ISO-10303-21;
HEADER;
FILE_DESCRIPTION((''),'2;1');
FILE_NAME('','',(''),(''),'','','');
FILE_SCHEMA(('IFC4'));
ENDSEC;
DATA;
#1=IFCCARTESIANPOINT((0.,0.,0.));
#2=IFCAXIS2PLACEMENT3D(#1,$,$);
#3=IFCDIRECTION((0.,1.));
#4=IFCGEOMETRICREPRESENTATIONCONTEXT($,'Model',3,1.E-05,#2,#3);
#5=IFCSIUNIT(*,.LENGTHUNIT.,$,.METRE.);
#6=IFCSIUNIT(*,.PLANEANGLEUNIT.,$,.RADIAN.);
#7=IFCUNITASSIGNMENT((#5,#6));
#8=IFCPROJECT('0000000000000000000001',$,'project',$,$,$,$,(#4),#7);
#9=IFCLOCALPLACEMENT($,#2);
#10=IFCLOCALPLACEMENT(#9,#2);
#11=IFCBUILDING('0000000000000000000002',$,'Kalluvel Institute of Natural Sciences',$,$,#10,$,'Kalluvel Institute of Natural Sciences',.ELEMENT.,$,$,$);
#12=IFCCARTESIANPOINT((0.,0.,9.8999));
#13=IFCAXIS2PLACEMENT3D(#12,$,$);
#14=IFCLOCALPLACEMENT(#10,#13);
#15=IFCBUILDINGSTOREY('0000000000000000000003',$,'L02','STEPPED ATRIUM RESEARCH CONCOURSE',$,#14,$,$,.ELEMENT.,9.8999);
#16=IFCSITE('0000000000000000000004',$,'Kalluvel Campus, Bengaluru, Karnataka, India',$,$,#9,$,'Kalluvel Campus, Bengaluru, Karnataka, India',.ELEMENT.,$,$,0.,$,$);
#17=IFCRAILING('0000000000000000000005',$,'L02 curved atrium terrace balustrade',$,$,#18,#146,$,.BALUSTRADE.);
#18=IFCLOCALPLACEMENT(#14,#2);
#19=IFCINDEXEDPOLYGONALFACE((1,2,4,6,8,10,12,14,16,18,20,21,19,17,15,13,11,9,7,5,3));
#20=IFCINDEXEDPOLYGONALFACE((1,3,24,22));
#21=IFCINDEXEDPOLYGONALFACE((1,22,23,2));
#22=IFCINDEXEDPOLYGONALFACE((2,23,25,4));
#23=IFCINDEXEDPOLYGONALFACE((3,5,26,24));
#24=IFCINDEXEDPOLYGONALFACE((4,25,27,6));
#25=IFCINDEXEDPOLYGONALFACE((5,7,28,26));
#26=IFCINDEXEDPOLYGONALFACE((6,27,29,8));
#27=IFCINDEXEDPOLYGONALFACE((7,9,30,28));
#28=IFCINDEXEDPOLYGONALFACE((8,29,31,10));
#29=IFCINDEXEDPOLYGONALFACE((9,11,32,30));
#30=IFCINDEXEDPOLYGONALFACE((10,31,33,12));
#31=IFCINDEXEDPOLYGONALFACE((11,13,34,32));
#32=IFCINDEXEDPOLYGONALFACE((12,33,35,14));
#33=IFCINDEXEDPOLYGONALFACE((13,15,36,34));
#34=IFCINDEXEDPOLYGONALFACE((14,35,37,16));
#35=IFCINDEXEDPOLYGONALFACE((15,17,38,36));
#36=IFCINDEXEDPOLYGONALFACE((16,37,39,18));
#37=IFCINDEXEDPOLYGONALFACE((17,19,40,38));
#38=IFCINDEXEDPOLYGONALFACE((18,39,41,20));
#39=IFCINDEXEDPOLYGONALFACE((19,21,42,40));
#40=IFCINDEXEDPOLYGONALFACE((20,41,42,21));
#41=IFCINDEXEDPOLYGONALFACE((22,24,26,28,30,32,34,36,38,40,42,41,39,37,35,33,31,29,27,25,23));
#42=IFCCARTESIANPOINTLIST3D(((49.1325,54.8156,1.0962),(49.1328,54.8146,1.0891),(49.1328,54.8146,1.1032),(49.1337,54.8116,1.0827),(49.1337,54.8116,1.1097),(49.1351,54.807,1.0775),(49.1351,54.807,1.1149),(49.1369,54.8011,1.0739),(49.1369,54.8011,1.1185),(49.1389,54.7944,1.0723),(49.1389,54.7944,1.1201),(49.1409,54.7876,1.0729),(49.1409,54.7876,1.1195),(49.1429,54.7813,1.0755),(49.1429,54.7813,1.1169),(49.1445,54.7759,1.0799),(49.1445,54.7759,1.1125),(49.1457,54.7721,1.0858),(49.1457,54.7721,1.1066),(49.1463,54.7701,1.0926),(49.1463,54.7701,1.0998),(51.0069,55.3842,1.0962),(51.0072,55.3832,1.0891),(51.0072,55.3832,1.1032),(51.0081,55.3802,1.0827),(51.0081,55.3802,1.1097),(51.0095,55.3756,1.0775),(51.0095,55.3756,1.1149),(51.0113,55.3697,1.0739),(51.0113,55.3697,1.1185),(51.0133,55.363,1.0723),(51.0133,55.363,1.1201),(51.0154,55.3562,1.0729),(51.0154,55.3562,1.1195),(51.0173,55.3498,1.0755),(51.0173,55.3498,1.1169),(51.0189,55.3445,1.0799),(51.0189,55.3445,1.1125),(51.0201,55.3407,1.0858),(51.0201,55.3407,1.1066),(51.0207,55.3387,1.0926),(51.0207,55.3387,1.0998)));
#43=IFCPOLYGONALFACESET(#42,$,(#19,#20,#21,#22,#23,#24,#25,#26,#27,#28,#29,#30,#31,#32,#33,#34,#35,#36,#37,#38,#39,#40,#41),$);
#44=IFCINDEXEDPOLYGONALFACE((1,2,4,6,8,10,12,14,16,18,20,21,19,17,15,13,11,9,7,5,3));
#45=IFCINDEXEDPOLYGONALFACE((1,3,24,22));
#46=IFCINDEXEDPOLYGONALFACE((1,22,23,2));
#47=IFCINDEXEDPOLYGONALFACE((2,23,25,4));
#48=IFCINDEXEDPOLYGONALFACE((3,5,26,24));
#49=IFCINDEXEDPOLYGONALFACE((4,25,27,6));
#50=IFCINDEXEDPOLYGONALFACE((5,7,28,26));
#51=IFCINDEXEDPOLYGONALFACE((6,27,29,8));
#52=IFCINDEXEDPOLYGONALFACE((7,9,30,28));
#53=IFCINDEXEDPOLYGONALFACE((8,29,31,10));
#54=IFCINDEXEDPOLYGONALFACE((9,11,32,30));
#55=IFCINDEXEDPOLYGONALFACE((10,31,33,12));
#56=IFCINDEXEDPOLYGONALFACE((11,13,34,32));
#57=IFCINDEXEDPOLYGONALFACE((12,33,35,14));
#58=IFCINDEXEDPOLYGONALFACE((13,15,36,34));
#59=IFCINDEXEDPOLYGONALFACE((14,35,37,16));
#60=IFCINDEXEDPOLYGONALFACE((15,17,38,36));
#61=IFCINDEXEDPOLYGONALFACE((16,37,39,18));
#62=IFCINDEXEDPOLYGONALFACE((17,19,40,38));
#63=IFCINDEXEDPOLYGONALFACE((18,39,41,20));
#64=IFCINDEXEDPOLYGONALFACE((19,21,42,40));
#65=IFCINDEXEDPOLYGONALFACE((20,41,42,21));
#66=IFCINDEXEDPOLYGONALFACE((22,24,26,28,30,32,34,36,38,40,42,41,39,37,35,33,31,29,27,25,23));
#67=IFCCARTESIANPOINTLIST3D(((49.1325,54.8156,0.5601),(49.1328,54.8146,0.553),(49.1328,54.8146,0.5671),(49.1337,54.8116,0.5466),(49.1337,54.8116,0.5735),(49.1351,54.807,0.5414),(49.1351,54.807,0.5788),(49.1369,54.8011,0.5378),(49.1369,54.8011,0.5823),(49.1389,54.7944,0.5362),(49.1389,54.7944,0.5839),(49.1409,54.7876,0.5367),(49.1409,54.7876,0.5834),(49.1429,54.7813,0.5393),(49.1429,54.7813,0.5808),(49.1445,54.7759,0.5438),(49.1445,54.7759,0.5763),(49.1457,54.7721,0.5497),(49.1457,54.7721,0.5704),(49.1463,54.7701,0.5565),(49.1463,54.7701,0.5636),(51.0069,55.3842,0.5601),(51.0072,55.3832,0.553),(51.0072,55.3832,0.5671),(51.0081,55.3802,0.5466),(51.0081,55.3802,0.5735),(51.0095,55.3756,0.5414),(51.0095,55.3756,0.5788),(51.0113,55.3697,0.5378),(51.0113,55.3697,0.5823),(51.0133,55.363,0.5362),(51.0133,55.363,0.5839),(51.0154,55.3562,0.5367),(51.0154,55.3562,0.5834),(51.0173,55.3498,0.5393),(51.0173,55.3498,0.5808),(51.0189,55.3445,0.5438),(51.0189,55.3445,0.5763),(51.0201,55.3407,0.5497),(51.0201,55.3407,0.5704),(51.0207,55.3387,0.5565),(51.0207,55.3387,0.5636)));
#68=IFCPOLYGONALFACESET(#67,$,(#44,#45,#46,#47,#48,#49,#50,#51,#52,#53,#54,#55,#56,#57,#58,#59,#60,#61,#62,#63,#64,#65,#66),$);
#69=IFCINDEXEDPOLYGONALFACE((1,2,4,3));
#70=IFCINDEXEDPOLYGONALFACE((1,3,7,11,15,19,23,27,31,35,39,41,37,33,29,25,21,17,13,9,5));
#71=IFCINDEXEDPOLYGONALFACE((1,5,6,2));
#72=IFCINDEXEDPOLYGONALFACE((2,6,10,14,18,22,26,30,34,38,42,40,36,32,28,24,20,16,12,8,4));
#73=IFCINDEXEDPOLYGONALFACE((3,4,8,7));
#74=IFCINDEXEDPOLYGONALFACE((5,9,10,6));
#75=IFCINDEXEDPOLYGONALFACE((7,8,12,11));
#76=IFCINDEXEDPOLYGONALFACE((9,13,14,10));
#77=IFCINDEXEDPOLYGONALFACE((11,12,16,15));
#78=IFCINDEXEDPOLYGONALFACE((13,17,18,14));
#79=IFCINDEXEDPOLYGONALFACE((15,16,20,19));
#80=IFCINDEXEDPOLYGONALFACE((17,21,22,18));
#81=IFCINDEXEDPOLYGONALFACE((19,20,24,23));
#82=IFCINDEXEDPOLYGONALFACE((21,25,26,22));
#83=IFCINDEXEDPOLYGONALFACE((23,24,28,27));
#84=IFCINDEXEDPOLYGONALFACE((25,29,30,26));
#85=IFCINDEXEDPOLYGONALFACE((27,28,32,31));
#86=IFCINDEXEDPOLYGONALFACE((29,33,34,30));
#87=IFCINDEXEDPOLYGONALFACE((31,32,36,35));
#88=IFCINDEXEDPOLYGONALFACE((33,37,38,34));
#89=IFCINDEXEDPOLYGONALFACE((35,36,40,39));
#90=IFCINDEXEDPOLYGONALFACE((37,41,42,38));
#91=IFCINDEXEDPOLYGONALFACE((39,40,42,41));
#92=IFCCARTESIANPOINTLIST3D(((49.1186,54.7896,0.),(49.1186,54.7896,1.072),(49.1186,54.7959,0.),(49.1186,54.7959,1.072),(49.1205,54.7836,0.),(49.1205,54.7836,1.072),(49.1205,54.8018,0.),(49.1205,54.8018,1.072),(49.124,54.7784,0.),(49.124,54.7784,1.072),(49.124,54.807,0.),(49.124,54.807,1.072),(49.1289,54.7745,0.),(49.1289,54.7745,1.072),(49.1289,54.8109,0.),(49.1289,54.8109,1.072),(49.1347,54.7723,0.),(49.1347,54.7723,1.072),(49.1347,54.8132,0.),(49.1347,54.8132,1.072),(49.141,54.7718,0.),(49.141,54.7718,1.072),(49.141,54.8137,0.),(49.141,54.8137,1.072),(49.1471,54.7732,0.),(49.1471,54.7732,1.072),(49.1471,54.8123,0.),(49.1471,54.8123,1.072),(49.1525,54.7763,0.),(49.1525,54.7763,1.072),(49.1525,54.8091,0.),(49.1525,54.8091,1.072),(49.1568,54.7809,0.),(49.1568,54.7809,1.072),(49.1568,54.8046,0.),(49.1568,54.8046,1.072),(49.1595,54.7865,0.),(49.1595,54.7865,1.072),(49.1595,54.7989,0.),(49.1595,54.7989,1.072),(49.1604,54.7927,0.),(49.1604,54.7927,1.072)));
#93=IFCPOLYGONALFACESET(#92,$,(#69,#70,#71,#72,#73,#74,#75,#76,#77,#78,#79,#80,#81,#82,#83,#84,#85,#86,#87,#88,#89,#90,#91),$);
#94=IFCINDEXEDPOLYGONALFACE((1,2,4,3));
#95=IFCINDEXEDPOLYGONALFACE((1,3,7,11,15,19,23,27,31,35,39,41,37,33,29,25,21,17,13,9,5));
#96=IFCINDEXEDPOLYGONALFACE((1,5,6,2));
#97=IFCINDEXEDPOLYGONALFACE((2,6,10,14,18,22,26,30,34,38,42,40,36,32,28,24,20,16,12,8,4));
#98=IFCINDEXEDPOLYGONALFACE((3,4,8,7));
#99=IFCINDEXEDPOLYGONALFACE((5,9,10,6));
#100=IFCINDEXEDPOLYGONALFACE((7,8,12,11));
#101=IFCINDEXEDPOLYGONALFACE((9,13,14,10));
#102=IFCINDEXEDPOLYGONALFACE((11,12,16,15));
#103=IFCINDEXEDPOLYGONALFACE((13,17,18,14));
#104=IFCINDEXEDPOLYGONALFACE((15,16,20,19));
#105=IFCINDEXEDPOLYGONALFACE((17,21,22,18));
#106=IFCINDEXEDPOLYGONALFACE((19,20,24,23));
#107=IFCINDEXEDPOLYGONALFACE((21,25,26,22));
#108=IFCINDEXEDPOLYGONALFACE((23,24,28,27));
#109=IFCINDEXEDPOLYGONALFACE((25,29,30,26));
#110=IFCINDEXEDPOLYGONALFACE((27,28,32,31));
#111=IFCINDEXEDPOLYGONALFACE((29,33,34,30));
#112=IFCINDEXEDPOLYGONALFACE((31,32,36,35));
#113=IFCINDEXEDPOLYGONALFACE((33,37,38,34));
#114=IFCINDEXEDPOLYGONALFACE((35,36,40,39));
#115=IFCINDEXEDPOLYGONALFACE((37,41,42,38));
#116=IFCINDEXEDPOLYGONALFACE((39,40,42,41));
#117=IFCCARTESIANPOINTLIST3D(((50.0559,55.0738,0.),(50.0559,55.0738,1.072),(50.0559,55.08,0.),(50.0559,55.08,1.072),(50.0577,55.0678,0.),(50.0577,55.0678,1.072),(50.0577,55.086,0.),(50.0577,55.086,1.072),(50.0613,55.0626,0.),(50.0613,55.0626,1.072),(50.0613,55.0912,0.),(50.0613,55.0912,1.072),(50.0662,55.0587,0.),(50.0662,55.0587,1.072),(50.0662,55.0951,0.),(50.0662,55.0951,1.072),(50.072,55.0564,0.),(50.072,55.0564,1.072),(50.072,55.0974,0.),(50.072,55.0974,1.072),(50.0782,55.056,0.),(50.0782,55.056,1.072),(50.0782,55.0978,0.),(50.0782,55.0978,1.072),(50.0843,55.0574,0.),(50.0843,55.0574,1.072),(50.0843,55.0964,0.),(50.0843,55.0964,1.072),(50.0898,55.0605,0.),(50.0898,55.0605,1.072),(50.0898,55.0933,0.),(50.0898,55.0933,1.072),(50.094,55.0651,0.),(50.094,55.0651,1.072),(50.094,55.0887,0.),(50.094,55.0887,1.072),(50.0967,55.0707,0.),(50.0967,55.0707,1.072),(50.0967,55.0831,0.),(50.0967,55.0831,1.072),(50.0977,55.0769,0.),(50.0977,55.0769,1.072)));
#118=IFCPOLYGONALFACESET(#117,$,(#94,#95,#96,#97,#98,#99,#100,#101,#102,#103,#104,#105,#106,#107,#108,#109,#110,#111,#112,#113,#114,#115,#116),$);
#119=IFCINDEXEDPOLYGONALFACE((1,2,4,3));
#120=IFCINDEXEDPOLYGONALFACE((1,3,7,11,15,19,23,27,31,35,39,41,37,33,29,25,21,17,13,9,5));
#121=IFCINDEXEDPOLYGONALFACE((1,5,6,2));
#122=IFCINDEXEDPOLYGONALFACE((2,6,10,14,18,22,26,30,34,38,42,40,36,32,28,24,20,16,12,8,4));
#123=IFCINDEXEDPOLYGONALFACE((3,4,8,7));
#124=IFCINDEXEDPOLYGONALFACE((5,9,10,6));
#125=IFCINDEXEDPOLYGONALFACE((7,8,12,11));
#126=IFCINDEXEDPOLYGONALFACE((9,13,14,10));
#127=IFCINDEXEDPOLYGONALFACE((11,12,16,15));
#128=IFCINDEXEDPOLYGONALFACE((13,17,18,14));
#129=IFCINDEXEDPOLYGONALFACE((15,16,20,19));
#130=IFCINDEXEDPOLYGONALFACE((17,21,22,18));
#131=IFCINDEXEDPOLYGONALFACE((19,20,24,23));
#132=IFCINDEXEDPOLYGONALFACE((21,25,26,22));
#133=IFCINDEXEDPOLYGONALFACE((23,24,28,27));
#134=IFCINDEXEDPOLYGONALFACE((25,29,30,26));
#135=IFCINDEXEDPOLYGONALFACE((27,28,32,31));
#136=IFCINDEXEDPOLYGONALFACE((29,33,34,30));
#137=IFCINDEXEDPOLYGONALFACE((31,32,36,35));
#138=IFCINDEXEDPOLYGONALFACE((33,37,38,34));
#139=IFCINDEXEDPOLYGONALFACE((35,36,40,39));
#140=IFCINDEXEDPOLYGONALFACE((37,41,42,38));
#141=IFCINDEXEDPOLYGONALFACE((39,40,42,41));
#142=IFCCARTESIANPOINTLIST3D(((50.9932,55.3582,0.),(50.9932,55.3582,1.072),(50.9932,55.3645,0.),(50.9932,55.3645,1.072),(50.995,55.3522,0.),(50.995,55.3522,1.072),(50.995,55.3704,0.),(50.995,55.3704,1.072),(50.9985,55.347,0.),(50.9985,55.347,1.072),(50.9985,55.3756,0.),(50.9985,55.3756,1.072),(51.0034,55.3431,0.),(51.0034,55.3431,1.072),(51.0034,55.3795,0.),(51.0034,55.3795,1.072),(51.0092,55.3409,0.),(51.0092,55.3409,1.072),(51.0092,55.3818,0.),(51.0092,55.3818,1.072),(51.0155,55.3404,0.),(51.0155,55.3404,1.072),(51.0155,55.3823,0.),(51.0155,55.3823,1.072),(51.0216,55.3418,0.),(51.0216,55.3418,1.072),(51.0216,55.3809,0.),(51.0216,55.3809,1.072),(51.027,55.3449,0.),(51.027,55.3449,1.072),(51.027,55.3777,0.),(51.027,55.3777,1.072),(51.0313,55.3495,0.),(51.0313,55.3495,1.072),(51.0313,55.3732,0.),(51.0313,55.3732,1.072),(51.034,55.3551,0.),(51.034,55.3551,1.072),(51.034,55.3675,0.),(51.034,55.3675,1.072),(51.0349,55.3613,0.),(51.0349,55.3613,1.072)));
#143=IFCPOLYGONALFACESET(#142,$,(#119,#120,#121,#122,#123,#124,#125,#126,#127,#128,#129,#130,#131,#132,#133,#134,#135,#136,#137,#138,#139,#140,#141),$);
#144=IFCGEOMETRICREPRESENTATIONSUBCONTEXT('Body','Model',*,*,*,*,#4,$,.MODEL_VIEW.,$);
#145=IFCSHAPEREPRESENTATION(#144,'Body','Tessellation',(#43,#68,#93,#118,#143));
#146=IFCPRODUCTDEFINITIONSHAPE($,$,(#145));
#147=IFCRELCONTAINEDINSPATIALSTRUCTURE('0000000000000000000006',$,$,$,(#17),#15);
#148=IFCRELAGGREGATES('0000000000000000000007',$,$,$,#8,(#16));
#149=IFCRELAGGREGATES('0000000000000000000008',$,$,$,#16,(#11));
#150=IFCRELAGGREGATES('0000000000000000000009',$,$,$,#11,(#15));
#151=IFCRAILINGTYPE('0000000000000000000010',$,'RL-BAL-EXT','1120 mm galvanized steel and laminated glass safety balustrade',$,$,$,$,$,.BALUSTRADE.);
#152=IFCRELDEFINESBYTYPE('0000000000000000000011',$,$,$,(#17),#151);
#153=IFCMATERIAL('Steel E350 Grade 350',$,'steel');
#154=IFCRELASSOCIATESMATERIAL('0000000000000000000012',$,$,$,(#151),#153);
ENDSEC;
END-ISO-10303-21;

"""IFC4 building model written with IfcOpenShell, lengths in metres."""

from ifc_helpers import new_model, si_unit, direction, frame, origin, origin_2d, place, context, subcontext, project, spatial, circle, extrude, material, type_object, element, save


model = new_model("IFC4")

# Units and contexts
model_context = context("Model", 3, precision=1e-05, world=origin(), true_north=direction((0.0, 1.0)))
body_context = subcontext(model_context, "Body", "Model", "MODEL_VIEW")
ifc_project = project(units=[si_unit("LENGTHUNIT", "METRE"), si_unit("PLANEANGLEUNIT", "RADIAN")], contexts=[model_context])

# Site, building, storey
site_placement = place(None, origin())
site = spatial("IfcSite", under=ifc_project, at=site_placement, Name="Kalluvel Campus, Bengaluru, Karnataka, India", LongName="Kalluvel Campus, Bengaluru, Karnataka, India", CompositionType="ELEMENT", RefElevation=0.0)
building_placement = place(site_placement, origin())
building = spatial("IfcBuilding", under=site, at=building_placement, Name="Kalluvel Institute of Natural Sciences", LongName="Kalluvel Institute of Natural Sciences", CompositionType="ELEMENT")
storey_placement = place(building_placement, frame((0.0, 0.0, 9.8999)))
storey = spatial("IfcBuildingStorey", under=building, at=storey_placement, Name="L02", Description="STEPPED ATRIUM RESEARCH CONCOURSE", CompositionType="ELEMENT", Elevation=9.8999)

# Railing
ifc_material_1 = material(Name="Steel E350 Grade 350", Category="steel")
railing_type = type_object("IfcRailingType", Name="RL-BAL-EXT", Description="1120 mm galvanized steel and laminated glass safety balustrade", PredefinedType="BALUSTRADE", material=ifc_material_1)
railing_1_placement = place(storey_placement, frame((49.1394, 54.7927, 0.0)))
element("IfcRailing", 1, at=railing_1_placement, inside=storey, type_object=railing_type, Name="L02 curved atrium terrace balustrade", PredefinedType="BALUSTRADE", context=body_context, shape_type="SweptSolid", body=[
    extrude(circle(Radius=0.0239, at=origin_2d()), frame((0.0, 0.0, 1.0962), z_axis=(0.956944, 0.290274, 0.0), x_axis=(-0.290274, 0.956944, 0.0)), (0.0, 0.0, 1.0), 1.9587),
    extrude(circle(Radius=0.0239, at=origin_2d()), frame((0.0, 0.0, 0.5601), z_axis=(0.956944, 0.290274, 0.0), x_axis=(-0.290274, 0.956944, 0.0)), (0.0, 0.0, 1.0), 1.9587),
    extrude(circle(Radius=0.021, at=origin_2d()), origin(), (0.0, 0.0, 1.0), 1.072),
    extrude(circle(Radius=0.021, at=origin_2d()), frame((0.9373, 0.2842, 0.0)), (0.0, 0.0, 1.0), 1.072),
    extrude(circle(Radius=0.021, at=origin_2d()), frame((1.8745, 0.5686, 0.0)), (0.0, 0.0, 1.0), 1.072),
])

save(model, "model.ifc")
